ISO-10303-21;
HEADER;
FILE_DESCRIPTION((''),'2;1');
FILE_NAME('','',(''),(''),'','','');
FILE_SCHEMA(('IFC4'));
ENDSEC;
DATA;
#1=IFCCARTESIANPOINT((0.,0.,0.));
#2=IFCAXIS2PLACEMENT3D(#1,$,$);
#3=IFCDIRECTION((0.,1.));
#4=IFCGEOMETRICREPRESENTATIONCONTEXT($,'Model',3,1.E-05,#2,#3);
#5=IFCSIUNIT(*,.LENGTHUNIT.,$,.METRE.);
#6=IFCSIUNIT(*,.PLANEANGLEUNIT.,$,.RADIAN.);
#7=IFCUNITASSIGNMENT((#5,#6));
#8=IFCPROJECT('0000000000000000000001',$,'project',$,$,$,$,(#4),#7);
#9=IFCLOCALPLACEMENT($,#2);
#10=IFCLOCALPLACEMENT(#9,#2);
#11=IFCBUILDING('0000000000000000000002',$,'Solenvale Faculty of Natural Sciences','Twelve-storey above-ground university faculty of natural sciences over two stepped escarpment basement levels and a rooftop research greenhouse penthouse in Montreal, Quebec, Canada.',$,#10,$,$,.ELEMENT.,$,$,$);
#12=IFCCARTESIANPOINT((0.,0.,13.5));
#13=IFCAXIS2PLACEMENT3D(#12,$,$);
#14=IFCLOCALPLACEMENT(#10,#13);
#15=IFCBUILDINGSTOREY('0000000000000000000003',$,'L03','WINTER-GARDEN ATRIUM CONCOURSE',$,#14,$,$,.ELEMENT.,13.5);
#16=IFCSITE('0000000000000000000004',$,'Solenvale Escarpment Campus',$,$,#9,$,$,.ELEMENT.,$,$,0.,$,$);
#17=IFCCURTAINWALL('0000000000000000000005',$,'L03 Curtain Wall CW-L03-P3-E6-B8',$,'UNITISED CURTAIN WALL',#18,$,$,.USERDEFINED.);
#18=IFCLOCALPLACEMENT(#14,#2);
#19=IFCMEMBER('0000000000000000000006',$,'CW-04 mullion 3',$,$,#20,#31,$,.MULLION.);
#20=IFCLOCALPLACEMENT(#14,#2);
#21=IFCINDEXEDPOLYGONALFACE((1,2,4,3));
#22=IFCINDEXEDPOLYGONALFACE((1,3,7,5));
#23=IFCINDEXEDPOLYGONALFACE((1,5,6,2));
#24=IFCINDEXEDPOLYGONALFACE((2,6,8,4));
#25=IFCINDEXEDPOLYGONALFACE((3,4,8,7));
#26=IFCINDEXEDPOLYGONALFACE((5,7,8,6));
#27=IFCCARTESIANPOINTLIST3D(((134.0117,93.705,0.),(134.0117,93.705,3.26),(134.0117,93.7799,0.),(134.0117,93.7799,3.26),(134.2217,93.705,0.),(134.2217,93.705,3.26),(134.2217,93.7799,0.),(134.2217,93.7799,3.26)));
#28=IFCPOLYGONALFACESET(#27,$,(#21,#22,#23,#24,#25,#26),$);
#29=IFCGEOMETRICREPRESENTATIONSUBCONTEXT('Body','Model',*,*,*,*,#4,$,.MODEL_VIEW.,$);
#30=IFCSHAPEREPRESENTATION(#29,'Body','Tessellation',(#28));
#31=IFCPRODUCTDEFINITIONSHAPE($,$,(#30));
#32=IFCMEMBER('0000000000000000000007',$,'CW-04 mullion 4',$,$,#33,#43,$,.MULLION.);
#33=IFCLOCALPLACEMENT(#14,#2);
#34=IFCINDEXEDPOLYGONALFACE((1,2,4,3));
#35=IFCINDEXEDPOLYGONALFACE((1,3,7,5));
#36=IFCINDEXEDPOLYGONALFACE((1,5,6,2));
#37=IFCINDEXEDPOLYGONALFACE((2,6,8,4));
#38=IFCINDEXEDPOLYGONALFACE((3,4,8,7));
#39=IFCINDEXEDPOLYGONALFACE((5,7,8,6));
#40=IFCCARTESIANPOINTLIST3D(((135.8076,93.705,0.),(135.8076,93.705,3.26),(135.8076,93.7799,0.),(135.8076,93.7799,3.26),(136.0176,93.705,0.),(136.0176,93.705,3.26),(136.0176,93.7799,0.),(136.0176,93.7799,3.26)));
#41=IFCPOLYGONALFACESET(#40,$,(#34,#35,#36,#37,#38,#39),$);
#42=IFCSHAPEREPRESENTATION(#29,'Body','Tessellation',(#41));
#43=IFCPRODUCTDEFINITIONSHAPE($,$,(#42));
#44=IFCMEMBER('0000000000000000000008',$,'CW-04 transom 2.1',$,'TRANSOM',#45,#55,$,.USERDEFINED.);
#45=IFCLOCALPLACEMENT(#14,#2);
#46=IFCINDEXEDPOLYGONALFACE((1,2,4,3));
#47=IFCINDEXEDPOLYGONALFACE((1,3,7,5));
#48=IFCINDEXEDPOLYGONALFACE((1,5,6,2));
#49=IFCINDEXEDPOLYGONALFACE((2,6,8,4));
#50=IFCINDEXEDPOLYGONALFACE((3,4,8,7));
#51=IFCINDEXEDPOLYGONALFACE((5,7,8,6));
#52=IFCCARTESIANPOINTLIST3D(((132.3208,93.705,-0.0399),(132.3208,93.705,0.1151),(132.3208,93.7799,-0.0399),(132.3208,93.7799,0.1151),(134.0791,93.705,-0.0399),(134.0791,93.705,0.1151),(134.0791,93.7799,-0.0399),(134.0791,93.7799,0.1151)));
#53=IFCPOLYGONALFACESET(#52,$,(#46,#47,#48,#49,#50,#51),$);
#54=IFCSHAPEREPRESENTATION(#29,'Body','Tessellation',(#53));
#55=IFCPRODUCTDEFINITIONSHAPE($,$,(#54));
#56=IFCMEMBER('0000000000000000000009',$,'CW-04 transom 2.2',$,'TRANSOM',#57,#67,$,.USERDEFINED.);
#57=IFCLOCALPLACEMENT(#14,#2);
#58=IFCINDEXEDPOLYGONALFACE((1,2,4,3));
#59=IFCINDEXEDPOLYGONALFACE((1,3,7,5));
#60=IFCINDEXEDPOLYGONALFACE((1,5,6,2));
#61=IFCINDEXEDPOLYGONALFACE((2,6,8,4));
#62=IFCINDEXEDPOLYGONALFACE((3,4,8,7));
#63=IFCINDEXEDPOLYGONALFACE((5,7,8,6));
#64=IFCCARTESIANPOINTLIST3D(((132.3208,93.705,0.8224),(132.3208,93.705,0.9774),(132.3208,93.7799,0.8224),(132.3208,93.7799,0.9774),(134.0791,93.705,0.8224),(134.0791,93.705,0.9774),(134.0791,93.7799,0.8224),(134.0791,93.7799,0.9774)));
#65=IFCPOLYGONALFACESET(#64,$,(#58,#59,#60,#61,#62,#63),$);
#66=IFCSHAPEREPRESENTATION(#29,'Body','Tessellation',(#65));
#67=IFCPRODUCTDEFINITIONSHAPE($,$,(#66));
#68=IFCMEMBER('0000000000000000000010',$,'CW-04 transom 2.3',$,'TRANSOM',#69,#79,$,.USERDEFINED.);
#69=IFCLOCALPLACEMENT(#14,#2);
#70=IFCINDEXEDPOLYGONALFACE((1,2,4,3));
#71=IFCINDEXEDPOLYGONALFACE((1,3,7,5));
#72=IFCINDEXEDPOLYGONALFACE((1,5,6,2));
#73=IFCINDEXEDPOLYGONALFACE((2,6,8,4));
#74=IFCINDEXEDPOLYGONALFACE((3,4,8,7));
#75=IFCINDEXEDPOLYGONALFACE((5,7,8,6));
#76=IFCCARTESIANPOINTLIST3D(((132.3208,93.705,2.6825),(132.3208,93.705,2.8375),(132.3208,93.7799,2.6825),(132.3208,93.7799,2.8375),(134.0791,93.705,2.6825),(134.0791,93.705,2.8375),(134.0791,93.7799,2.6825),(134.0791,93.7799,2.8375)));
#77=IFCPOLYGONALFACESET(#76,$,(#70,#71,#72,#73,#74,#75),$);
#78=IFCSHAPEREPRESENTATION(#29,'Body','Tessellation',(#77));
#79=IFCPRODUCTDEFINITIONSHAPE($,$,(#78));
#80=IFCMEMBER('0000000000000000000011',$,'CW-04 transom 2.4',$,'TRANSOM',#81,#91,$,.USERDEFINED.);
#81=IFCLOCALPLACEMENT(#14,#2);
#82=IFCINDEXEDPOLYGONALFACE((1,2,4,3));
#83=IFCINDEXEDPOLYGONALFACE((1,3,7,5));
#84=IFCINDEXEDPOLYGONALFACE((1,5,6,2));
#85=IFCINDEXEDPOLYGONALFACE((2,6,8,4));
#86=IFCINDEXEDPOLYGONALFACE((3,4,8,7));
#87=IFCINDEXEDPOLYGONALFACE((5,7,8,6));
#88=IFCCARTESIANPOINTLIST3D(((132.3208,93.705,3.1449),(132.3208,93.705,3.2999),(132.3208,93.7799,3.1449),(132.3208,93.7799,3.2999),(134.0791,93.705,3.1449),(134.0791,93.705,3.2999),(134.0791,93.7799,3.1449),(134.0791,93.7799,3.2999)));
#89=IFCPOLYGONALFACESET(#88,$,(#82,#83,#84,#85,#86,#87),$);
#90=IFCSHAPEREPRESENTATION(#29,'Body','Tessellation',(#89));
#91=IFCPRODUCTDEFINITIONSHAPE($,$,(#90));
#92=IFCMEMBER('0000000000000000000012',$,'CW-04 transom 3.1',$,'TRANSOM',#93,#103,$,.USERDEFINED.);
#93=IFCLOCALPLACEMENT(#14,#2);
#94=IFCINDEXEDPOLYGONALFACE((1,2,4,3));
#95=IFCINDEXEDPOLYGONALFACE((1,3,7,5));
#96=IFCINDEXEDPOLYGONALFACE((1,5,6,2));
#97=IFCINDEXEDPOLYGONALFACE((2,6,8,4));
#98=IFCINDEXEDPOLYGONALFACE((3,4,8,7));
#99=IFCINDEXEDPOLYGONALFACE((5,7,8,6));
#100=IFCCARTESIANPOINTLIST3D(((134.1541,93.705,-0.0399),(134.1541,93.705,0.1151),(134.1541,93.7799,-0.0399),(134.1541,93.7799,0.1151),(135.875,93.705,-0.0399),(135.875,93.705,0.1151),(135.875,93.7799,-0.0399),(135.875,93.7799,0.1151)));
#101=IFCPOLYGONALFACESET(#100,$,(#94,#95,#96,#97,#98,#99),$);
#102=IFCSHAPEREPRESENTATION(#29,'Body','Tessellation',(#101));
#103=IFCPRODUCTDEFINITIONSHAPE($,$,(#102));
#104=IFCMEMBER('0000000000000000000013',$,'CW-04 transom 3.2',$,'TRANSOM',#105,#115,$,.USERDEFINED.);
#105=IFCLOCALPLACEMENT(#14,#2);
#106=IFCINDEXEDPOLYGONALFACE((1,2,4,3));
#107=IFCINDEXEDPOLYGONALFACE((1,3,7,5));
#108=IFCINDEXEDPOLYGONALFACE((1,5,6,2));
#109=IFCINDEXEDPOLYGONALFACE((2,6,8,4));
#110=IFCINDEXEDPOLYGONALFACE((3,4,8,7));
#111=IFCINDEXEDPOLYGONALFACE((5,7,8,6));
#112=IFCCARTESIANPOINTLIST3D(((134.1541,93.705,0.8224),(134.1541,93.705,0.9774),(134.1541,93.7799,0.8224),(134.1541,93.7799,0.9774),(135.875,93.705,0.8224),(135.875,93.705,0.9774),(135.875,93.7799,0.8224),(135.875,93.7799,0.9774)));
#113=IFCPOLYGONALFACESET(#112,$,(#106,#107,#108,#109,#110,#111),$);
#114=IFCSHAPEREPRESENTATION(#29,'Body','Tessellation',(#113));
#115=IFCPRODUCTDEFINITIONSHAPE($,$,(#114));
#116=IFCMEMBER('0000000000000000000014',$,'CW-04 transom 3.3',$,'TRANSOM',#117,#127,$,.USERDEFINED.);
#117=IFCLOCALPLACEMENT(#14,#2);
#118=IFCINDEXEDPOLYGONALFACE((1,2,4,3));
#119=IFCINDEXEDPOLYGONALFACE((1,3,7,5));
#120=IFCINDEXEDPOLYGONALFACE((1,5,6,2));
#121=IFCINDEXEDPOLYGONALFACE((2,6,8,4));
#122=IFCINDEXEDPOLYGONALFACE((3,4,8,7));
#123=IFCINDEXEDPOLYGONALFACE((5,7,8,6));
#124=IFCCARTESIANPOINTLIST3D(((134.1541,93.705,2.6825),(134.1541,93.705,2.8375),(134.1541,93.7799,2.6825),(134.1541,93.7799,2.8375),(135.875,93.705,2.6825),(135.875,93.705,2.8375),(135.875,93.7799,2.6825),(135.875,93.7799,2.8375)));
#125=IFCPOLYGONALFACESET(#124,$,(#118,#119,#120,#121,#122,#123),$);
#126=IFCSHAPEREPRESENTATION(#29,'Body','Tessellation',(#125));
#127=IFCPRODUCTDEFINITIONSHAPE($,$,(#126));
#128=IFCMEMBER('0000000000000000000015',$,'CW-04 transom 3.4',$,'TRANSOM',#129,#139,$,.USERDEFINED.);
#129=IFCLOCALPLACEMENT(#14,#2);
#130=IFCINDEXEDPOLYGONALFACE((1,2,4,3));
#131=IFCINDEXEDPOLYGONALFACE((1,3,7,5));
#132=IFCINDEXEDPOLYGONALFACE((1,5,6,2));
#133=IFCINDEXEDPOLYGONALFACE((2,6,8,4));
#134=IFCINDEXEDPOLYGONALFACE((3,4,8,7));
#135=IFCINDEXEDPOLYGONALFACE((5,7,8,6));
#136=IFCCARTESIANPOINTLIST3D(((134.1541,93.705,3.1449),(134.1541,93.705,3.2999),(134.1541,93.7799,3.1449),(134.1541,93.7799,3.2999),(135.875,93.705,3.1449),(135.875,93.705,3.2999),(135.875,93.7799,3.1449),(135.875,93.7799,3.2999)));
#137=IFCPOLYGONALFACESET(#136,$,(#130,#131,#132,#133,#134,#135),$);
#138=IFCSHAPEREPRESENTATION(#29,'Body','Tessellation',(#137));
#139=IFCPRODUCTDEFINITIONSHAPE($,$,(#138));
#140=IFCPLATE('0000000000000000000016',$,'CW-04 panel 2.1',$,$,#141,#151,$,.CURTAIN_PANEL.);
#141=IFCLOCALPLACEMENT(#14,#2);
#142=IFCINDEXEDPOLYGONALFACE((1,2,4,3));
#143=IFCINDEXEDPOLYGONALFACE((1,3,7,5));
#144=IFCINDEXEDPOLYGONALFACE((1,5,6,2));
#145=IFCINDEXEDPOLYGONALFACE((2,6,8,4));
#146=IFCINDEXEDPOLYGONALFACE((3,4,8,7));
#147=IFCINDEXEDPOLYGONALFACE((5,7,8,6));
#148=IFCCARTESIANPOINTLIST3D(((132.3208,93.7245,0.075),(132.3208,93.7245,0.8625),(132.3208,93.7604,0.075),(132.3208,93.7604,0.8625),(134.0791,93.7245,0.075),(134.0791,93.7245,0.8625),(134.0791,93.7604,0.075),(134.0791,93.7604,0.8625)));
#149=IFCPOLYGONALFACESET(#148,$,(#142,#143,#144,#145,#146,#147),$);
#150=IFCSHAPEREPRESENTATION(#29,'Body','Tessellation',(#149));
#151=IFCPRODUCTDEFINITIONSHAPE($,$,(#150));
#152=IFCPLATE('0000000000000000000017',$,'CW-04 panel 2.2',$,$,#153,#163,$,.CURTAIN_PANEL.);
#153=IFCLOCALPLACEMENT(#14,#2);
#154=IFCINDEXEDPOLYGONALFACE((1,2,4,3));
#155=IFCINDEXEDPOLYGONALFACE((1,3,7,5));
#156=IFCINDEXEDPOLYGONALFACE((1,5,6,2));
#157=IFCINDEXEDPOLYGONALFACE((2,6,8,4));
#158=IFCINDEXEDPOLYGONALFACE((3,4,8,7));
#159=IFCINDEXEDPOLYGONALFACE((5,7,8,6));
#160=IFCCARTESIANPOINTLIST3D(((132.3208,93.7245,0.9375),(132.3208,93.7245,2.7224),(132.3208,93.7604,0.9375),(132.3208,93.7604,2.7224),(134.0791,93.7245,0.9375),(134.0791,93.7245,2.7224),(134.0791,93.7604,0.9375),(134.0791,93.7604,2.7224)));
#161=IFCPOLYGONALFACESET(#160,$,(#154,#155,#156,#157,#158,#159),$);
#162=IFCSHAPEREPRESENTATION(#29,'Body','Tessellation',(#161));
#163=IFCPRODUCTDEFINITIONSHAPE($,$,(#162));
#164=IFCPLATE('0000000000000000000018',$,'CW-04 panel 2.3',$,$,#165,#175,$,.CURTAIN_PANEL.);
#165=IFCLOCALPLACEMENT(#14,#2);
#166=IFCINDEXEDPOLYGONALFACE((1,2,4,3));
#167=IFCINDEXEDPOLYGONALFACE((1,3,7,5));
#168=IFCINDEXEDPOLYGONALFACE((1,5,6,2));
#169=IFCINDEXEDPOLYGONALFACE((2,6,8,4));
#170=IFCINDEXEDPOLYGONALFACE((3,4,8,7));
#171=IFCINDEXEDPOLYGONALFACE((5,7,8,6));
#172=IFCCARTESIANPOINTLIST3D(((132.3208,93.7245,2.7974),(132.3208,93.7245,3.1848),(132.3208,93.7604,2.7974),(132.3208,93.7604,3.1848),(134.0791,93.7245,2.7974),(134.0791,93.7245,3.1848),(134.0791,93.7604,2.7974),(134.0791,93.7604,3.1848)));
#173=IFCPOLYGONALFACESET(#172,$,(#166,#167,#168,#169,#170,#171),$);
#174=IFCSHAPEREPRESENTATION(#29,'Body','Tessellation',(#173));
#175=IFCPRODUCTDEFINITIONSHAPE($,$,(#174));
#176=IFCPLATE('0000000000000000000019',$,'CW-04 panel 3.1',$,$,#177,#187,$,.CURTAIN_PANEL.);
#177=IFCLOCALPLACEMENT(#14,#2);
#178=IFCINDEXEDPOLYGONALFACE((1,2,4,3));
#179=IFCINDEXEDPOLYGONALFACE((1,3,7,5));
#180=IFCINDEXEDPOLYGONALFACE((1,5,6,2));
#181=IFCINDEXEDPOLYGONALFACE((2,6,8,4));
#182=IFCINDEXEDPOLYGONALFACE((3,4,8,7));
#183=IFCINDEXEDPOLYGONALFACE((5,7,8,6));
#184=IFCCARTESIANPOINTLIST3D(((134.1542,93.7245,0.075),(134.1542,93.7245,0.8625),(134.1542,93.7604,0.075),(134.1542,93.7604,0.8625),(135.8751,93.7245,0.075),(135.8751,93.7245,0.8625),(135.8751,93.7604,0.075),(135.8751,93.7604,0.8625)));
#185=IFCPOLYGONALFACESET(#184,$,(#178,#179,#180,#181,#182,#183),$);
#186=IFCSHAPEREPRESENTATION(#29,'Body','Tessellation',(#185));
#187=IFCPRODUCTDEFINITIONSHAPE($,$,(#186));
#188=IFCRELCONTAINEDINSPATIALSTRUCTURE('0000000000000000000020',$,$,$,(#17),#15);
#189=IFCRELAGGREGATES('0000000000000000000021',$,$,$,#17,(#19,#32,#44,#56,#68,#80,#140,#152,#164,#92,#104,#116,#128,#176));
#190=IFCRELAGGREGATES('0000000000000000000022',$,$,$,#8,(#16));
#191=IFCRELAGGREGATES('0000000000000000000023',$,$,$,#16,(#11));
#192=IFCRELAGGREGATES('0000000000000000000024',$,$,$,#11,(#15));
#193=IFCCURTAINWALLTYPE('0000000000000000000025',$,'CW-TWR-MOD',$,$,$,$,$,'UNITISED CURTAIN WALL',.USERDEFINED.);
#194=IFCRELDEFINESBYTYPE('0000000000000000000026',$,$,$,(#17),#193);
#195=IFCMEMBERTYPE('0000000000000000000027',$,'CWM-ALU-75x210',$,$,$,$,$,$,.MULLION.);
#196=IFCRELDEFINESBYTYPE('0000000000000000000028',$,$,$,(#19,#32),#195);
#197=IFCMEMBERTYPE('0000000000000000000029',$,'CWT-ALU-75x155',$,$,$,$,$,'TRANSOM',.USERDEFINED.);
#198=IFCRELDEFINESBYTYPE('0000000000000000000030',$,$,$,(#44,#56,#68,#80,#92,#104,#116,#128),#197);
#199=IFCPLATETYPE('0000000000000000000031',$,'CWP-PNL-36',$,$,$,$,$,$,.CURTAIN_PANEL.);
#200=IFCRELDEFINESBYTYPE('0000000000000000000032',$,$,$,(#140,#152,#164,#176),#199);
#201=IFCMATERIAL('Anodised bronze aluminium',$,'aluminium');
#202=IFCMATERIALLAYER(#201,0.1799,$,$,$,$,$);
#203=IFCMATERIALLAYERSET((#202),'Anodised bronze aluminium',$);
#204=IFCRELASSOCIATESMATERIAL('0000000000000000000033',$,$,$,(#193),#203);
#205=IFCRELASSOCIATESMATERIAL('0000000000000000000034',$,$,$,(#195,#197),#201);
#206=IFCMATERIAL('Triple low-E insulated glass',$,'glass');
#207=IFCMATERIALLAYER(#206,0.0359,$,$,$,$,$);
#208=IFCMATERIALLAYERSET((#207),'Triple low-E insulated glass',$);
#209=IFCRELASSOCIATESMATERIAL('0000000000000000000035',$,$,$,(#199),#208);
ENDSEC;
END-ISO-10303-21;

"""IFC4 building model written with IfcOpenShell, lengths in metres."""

from ifc_helpers import new_model, si_unit, direction, frame, origin, origin_2d, place, context, subcontext, project, spatial, rectangle, extrude, material, layer, layer_set, material_profile, profile_set, type_object, element, aggregate, save


model = new_model("IFC4")

# Units and contexts
model_context = context("Model", 3, precision=1e-05, world=origin(), true_north=direction((0.0, 1.0)))
body_context = subcontext(model_context, "Body", "Model", "MODEL_VIEW")
ifc_project = project(units=[si_unit("LENGTHUNIT", "METRE"), si_unit("PLANEANGLEUNIT", "RADIAN")], contexts=[model_context])

# Site, building, storey
site_placement = place(None, origin())
site = spatial("IfcSite", under=ifc_project, at=site_placement, Name="Solenvale Escarpment Campus", CompositionType="ELEMENT", RefElevation=0.0)
building_placement = place(site_placement, origin())
building = spatial("IfcBuilding", under=site, at=building_placement, Name="Solenvale Faculty of Natural Sciences", Description="Twelve-storey above-ground university faculty of natural sciences over two stepped escarpment basement levels and a rooftop research greenhouse penthouse in Montreal, Quebec, Canada.", CompositionType="ELEMENT")
storey_placement = place(building_placement, frame((0.0, 0.0, 13.5)))
storey = spatial("IfcBuildingStorey", under=building, at=storey_placement, Name="L03", Description="WINTER-GARDEN ATRIUM CONCOURSE", CompositionType="ELEMENT", Elevation=13.5)

# Curtain wall, members, plates
ifc_material_1 = material(Name="Anodised bronze aluminium", Category="aluminium")
ifc_layer_1 = layer(ifc_material_1, 0.1799)
ifc_layer_set_1 = layer_set([ifc_layer_1], Name="Anodised bronze aluminium")
curtain_wall_type = type_object("IfcCurtainWallType", Name="CW-TWR-MOD", ElementType="UNITISED CURTAIN WALL", PredefinedType="USERDEFINED", material=ifc_layer_set_1)
curtain_wall_placement = place(storey_placement, origin())
curtain_wall = element("IfcCurtainWall", 1, at=curtain_wall_placement, inside=storey, type_object=curtain_wall_type, Name="L03 Curtain Wall CW-L03-P3-E6-B8", ObjectType="UNITISED CURTAIN WALL", PredefinedType="USERDEFINED")
ifc_material_profile_1 = material_profile(ifc_material_1, rectangle(XDim=0.075, YDim=0.21, at=origin_2d()), Name="ALU-MUL-75x210")
ifc_profile_set_1 = profile_set([ifc_material_profile_1], Name="Anodised bronze aluminium")
member_type_1 = type_object("IfcMemberType", Name="CWM-ALU-75x210", PredefinedType="MULLION", material=ifc_profile_set_1)
member_1_placement = place(storey_placement, frame((134.1167, 93.7424, 0.0), z_axis=(0.0, 0.0, 1.0), x_axis=(0.0, 1.0, 0.0)))
member_1 = element("IfcMember", 2, at=member_1_placement, type_object=member_type_1, Name="CW-04 mullion 3", PredefinedType="MULLION", context=body_context, shape_type="SweptSolid", body=[
    extrude(rectangle(XDim=0.075, YDim=0.21, at=origin_2d()), origin(), (0.0, 0.0, 1.0), 3.26),
])
member_2_placement = place(storey_placement, frame((135.9126, 93.7424, 0.0), z_axis=(0.0, 0.0, 1.0), x_axis=(0.0, 1.0, 0.0)))
member_2 = element("IfcMember", 3, at=member_2_placement, type_object=member_type_1, Name="CW-04 mullion 4", PredefinedType="MULLION", context=body_context, shape_type="SweptSolid", body=[
    extrude(rectangle(XDim=0.075, YDim=0.21, at=origin_2d()), origin(), (0.0, 0.0, 1.0), 3.26),
])
ifc_material_profile_2 = material_profile(ifc_material_1, rectangle(XDim=0.075, YDim=0.155, at=origin_2d()), Name="ALU-TRN-75x155")
ifc_profile_set_2 = profile_set([ifc_material_profile_2], Name="Anodised bronze aluminium")
member_type_2 = type_object("IfcMemberType", Name="CWT-ALU-75x155", ElementType="TRANSOM", PredefinedType="USERDEFINED", material=ifc_profile_set_2)
member_3_placement = place(storey_placement, frame((132.3208, 93.7424, 0.0376), z_axis=(1.0, 0.0, 0.0), x_axis=(0.0, 1.0, 0.0)))
member_3 = element("IfcMember", 4, at=member_3_placement, type_object=member_type_2, Name="CW-04 transom 2.1", ObjectType="TRANSOM", PredefinedType="USERDEFINED", context=body_context, shape_type="SweptSolid", body=[
    extrude(rectangle(XDim=0.075, YDim=0.155, at=origin_2d()), origin(), (0.0, 0.0, 1.0), 1.7583),
])
member_4_placement = place(storey_placement, frame((132.3208, 93.7424, 0.8999), z_axis=(1.0, 0.0, 0.0), x_axis=(0.0, 1.0, 0.0)))
member_4 = element("IfcMember", 5, at=member_4_placement, type_object=member_type_2, Name="CW-04 transom 2.2", ObjectType="TRANSOM", PredefinedType="USERDEFINED", context=body_context, shape_type="SweptSolid", body=[
    extrude(rectangle(XDim=0.075, YDim=0.155, at=origin_2d()), origin(), (0.0, 0.0, 1.0), 1.7583),
])
member_5_placement = place(storey_placement, frame((132.3208, 93.7424, 2.76), z_axis=(1.0, 0.0, 0.0), x_axis=(0.0, 1.0, 0.0)))
member_5 = element("IfcMember", 6, at=member_5_placement, type_object=member_type_2, Name="CW-04 transom 2.3", ObjectType="TRANSOM", PredefinedType="USERDEFINED", context=body_context, shape_type="SweptSolid", body=[
    extrude(rectangle(XDim=0.075, YDim=0.155, at=origin_2d()), origin(), (0.0, 0.0, 1.0), 1.7583),
])
member_6_placement = place(storey_placement, frame((132.3208, 93.7424, 3.2224), z_axis=(1.0, 0.0, 0.0), x_axis=(0.0, 1.0, 0.0)))
member_6 = element("IfcMember", 7, at=member_6_placement, type_object=member_type_2, Name="CW-04 transom 2.4", ObjectType="TRANSOM", PredefinedType="USERDEFINED", context=body_context, shape_type="SweptSolid", body=[
    extrude(rectangle(XDim=0.075, YDim=0.155, at=origin_2d()), origin(), (0.0, 0.0, 1.0), 1.7583),
])
member_7_placement = place(storey_placement, frame((134.1541, 93.7424, 0.0376), z_axis=(1.0, 0.0, 0.0), x_axis=(0.0, 1.0, 0.0)))
member_7 = element("IfcMember", 8, at=member_7_placement, type_object=member_type_2, Name="CW-04 transom 3.1", ObjectType="TRANSOM", PredefinedType="USERDEFINED", context=body_context, shape_type="SweptSolid", body=[
    extrude(rectangle(XDim=0.075, YDim=0.155, at=origin_2d()), origin(), (0.0, 0.0, 1.0), 1.7209),
])
member_8_placement = place(storey_placement, frame((134.1541, 93.7424, 0.8999), z_axis=(1.0, 0.0, 0.0), x_axis=(0.0, 1.0, 0.0)))
member_8 = element("IfcMember", 9, at=member_8_placement, type_object=member_type_2, Name="CW-04 transom 3.2", ObjectType="TRANSOM", PredefinedType="USERDEFINED", context=body_context, shape_type="SweptSolid", body=[
    extrude(rectangle(XDim=0.075, YDim=0.155, at=origin_2d()), origin(), (0.0, 0.0, 1.0), 1.7209),
])
member_9_placement = place(storey_placement, frame((134.1541, 93.7424, 2.76), z_axis=(1.0, 0.0, 0.0), x_axis=(0.0, 1.0, 0.0)))
member_9 = element("IfcMember", 10, at=member_9_placement, type_object=member_type_2, Name="CW-04 transom 3.3", ObjectType="TRANSOM", PredefinedType="USERDEFINED", context=body_context, shape_type="SweptSolid", body=[
    extrude(rectangle(XDim=0.075, YDim=0.155, at=origin_2d()), origin(), (0.0, 0.0, 1.0), 1.7209),
])
member_10_placement = place(storey_placement, frame((134.1541, 93.7424, 3.2224), z_axis=(1.0, 0.0, 0.0), x_axis=(0.0, 1.0, 0.0)))
member_10 = element("IfcMember", 11, at=member_10_placement, type_object=member_type_2, Name="CW-04 transom 3.4", ObjectType="TRANSOM", PredefinedType="USERDEFINED", context=body_context, shape_type="SweptSolid", body=[
    extrude(rectangle(XDim=0.075, YDim=0.155, at=origin_2d()), origin(), (0.0, 0.0, 1.0), 1.7209),
])
ifc_material_2 = material(Name="Triple low-E insulated glass", Category="glass")
ifc_layer_2 = layer(ifc_material_2, 0.0359)
ifc_layer_set_2 = layer_set([ifc_layer_2], Name="Triple low-E insulated glass")
plate_type = type_object("IfcPlateType", Name="CWP-PNL-36", PredefinedType="CURTAIN_PANEL", material=ifc_layer_set_2)
plate_1_placement = place(storey_placement, frame((133.2, 93.7424, 0.075), z_axis=(0.0, 0.0, 1.0), x_axis=(1.0, 0.0, 0.0)))
plate_1 = element("IfcPlate", 12, at=plate_1_placement, type_object=plate_type, Name="CW-04 panel 2.1", PredefinedType="CURTAIN_PANEL", context=body_context, shape_type="SweptSolid", body=[
    extrude(rectangle(XDim=1.7583, YDim=0.0359, at=origin_2d()), origin(), (0.0, 0.0, 1.0), 0.7876),
])
plate_2_placement = place(storey_placement, frame((133.2, 93.7424, 0.9375), z_axis=(0.0, 0.0, 1.0), x_axis=(1.0, 0.0, 0.0)))
plate_2 = element("IfcPlate", 13, at=plate_2_placement, type_object=plate_type, Name="CW-04 panel 2.2", PredefinedType="CURTAIN_PANEL", context=body_context, shape_type="SweptSolid", body=[
    extrude(rectangle(XDim=1.7583, YDim=0.0359, at=origin_2d()), origin(), (0.0, 0.0, 1.0), 1.7849),
])
plate_3_placement = place(storey_placement, frame((133.2, 93.7424, 2.7974), z_axis=(0.0, 0.0, 1.0), x_axis=(1.0, 0.0, 0.0)))
plate_3 = element("IfcPlate", 14, at=plate_3_placement, type_object=plate_type, Name="CW-04 panel 2.3", PredefinedType="CURTAIN_PANEL", context=body_context, shape_type="SweptSolid", body=[
    extrude(rectangle(XDim=1.7583, YDim=0.0359, at=origin_2d()), origin(), (0.0, 0.0, 1.0), 0.3875),
])
plate_4_placement = place(storey_placement, frame((135.0146, 93.7424, 0.075), z_axis=(0.0, 0.0, 1.0), x_axis=(1.0, 0.0, 0.0)))
plate_4 = element("IfcPlate", 15, at=plate_4_placement, type_object=plate_type, Name="CW-04 panel 3.1", PredefinedType="CURTAIN_PANEL", context=body_context, shape_type="SweptSolid", body=[
    extrude(rectangle(XDim=1.7209, YDim=0.0359, at=origin_2d()), origin(), (0.0, 0.0, 1.0), 0.7876),
])
aggregate(curtain_wall, [member_1, member_2, member_3, member_4, member_5, member_6, plate_1, plate_2, plate_3, member_7, member_8, member_9, member_10, plate_4])

save(model, "model.ifc")
